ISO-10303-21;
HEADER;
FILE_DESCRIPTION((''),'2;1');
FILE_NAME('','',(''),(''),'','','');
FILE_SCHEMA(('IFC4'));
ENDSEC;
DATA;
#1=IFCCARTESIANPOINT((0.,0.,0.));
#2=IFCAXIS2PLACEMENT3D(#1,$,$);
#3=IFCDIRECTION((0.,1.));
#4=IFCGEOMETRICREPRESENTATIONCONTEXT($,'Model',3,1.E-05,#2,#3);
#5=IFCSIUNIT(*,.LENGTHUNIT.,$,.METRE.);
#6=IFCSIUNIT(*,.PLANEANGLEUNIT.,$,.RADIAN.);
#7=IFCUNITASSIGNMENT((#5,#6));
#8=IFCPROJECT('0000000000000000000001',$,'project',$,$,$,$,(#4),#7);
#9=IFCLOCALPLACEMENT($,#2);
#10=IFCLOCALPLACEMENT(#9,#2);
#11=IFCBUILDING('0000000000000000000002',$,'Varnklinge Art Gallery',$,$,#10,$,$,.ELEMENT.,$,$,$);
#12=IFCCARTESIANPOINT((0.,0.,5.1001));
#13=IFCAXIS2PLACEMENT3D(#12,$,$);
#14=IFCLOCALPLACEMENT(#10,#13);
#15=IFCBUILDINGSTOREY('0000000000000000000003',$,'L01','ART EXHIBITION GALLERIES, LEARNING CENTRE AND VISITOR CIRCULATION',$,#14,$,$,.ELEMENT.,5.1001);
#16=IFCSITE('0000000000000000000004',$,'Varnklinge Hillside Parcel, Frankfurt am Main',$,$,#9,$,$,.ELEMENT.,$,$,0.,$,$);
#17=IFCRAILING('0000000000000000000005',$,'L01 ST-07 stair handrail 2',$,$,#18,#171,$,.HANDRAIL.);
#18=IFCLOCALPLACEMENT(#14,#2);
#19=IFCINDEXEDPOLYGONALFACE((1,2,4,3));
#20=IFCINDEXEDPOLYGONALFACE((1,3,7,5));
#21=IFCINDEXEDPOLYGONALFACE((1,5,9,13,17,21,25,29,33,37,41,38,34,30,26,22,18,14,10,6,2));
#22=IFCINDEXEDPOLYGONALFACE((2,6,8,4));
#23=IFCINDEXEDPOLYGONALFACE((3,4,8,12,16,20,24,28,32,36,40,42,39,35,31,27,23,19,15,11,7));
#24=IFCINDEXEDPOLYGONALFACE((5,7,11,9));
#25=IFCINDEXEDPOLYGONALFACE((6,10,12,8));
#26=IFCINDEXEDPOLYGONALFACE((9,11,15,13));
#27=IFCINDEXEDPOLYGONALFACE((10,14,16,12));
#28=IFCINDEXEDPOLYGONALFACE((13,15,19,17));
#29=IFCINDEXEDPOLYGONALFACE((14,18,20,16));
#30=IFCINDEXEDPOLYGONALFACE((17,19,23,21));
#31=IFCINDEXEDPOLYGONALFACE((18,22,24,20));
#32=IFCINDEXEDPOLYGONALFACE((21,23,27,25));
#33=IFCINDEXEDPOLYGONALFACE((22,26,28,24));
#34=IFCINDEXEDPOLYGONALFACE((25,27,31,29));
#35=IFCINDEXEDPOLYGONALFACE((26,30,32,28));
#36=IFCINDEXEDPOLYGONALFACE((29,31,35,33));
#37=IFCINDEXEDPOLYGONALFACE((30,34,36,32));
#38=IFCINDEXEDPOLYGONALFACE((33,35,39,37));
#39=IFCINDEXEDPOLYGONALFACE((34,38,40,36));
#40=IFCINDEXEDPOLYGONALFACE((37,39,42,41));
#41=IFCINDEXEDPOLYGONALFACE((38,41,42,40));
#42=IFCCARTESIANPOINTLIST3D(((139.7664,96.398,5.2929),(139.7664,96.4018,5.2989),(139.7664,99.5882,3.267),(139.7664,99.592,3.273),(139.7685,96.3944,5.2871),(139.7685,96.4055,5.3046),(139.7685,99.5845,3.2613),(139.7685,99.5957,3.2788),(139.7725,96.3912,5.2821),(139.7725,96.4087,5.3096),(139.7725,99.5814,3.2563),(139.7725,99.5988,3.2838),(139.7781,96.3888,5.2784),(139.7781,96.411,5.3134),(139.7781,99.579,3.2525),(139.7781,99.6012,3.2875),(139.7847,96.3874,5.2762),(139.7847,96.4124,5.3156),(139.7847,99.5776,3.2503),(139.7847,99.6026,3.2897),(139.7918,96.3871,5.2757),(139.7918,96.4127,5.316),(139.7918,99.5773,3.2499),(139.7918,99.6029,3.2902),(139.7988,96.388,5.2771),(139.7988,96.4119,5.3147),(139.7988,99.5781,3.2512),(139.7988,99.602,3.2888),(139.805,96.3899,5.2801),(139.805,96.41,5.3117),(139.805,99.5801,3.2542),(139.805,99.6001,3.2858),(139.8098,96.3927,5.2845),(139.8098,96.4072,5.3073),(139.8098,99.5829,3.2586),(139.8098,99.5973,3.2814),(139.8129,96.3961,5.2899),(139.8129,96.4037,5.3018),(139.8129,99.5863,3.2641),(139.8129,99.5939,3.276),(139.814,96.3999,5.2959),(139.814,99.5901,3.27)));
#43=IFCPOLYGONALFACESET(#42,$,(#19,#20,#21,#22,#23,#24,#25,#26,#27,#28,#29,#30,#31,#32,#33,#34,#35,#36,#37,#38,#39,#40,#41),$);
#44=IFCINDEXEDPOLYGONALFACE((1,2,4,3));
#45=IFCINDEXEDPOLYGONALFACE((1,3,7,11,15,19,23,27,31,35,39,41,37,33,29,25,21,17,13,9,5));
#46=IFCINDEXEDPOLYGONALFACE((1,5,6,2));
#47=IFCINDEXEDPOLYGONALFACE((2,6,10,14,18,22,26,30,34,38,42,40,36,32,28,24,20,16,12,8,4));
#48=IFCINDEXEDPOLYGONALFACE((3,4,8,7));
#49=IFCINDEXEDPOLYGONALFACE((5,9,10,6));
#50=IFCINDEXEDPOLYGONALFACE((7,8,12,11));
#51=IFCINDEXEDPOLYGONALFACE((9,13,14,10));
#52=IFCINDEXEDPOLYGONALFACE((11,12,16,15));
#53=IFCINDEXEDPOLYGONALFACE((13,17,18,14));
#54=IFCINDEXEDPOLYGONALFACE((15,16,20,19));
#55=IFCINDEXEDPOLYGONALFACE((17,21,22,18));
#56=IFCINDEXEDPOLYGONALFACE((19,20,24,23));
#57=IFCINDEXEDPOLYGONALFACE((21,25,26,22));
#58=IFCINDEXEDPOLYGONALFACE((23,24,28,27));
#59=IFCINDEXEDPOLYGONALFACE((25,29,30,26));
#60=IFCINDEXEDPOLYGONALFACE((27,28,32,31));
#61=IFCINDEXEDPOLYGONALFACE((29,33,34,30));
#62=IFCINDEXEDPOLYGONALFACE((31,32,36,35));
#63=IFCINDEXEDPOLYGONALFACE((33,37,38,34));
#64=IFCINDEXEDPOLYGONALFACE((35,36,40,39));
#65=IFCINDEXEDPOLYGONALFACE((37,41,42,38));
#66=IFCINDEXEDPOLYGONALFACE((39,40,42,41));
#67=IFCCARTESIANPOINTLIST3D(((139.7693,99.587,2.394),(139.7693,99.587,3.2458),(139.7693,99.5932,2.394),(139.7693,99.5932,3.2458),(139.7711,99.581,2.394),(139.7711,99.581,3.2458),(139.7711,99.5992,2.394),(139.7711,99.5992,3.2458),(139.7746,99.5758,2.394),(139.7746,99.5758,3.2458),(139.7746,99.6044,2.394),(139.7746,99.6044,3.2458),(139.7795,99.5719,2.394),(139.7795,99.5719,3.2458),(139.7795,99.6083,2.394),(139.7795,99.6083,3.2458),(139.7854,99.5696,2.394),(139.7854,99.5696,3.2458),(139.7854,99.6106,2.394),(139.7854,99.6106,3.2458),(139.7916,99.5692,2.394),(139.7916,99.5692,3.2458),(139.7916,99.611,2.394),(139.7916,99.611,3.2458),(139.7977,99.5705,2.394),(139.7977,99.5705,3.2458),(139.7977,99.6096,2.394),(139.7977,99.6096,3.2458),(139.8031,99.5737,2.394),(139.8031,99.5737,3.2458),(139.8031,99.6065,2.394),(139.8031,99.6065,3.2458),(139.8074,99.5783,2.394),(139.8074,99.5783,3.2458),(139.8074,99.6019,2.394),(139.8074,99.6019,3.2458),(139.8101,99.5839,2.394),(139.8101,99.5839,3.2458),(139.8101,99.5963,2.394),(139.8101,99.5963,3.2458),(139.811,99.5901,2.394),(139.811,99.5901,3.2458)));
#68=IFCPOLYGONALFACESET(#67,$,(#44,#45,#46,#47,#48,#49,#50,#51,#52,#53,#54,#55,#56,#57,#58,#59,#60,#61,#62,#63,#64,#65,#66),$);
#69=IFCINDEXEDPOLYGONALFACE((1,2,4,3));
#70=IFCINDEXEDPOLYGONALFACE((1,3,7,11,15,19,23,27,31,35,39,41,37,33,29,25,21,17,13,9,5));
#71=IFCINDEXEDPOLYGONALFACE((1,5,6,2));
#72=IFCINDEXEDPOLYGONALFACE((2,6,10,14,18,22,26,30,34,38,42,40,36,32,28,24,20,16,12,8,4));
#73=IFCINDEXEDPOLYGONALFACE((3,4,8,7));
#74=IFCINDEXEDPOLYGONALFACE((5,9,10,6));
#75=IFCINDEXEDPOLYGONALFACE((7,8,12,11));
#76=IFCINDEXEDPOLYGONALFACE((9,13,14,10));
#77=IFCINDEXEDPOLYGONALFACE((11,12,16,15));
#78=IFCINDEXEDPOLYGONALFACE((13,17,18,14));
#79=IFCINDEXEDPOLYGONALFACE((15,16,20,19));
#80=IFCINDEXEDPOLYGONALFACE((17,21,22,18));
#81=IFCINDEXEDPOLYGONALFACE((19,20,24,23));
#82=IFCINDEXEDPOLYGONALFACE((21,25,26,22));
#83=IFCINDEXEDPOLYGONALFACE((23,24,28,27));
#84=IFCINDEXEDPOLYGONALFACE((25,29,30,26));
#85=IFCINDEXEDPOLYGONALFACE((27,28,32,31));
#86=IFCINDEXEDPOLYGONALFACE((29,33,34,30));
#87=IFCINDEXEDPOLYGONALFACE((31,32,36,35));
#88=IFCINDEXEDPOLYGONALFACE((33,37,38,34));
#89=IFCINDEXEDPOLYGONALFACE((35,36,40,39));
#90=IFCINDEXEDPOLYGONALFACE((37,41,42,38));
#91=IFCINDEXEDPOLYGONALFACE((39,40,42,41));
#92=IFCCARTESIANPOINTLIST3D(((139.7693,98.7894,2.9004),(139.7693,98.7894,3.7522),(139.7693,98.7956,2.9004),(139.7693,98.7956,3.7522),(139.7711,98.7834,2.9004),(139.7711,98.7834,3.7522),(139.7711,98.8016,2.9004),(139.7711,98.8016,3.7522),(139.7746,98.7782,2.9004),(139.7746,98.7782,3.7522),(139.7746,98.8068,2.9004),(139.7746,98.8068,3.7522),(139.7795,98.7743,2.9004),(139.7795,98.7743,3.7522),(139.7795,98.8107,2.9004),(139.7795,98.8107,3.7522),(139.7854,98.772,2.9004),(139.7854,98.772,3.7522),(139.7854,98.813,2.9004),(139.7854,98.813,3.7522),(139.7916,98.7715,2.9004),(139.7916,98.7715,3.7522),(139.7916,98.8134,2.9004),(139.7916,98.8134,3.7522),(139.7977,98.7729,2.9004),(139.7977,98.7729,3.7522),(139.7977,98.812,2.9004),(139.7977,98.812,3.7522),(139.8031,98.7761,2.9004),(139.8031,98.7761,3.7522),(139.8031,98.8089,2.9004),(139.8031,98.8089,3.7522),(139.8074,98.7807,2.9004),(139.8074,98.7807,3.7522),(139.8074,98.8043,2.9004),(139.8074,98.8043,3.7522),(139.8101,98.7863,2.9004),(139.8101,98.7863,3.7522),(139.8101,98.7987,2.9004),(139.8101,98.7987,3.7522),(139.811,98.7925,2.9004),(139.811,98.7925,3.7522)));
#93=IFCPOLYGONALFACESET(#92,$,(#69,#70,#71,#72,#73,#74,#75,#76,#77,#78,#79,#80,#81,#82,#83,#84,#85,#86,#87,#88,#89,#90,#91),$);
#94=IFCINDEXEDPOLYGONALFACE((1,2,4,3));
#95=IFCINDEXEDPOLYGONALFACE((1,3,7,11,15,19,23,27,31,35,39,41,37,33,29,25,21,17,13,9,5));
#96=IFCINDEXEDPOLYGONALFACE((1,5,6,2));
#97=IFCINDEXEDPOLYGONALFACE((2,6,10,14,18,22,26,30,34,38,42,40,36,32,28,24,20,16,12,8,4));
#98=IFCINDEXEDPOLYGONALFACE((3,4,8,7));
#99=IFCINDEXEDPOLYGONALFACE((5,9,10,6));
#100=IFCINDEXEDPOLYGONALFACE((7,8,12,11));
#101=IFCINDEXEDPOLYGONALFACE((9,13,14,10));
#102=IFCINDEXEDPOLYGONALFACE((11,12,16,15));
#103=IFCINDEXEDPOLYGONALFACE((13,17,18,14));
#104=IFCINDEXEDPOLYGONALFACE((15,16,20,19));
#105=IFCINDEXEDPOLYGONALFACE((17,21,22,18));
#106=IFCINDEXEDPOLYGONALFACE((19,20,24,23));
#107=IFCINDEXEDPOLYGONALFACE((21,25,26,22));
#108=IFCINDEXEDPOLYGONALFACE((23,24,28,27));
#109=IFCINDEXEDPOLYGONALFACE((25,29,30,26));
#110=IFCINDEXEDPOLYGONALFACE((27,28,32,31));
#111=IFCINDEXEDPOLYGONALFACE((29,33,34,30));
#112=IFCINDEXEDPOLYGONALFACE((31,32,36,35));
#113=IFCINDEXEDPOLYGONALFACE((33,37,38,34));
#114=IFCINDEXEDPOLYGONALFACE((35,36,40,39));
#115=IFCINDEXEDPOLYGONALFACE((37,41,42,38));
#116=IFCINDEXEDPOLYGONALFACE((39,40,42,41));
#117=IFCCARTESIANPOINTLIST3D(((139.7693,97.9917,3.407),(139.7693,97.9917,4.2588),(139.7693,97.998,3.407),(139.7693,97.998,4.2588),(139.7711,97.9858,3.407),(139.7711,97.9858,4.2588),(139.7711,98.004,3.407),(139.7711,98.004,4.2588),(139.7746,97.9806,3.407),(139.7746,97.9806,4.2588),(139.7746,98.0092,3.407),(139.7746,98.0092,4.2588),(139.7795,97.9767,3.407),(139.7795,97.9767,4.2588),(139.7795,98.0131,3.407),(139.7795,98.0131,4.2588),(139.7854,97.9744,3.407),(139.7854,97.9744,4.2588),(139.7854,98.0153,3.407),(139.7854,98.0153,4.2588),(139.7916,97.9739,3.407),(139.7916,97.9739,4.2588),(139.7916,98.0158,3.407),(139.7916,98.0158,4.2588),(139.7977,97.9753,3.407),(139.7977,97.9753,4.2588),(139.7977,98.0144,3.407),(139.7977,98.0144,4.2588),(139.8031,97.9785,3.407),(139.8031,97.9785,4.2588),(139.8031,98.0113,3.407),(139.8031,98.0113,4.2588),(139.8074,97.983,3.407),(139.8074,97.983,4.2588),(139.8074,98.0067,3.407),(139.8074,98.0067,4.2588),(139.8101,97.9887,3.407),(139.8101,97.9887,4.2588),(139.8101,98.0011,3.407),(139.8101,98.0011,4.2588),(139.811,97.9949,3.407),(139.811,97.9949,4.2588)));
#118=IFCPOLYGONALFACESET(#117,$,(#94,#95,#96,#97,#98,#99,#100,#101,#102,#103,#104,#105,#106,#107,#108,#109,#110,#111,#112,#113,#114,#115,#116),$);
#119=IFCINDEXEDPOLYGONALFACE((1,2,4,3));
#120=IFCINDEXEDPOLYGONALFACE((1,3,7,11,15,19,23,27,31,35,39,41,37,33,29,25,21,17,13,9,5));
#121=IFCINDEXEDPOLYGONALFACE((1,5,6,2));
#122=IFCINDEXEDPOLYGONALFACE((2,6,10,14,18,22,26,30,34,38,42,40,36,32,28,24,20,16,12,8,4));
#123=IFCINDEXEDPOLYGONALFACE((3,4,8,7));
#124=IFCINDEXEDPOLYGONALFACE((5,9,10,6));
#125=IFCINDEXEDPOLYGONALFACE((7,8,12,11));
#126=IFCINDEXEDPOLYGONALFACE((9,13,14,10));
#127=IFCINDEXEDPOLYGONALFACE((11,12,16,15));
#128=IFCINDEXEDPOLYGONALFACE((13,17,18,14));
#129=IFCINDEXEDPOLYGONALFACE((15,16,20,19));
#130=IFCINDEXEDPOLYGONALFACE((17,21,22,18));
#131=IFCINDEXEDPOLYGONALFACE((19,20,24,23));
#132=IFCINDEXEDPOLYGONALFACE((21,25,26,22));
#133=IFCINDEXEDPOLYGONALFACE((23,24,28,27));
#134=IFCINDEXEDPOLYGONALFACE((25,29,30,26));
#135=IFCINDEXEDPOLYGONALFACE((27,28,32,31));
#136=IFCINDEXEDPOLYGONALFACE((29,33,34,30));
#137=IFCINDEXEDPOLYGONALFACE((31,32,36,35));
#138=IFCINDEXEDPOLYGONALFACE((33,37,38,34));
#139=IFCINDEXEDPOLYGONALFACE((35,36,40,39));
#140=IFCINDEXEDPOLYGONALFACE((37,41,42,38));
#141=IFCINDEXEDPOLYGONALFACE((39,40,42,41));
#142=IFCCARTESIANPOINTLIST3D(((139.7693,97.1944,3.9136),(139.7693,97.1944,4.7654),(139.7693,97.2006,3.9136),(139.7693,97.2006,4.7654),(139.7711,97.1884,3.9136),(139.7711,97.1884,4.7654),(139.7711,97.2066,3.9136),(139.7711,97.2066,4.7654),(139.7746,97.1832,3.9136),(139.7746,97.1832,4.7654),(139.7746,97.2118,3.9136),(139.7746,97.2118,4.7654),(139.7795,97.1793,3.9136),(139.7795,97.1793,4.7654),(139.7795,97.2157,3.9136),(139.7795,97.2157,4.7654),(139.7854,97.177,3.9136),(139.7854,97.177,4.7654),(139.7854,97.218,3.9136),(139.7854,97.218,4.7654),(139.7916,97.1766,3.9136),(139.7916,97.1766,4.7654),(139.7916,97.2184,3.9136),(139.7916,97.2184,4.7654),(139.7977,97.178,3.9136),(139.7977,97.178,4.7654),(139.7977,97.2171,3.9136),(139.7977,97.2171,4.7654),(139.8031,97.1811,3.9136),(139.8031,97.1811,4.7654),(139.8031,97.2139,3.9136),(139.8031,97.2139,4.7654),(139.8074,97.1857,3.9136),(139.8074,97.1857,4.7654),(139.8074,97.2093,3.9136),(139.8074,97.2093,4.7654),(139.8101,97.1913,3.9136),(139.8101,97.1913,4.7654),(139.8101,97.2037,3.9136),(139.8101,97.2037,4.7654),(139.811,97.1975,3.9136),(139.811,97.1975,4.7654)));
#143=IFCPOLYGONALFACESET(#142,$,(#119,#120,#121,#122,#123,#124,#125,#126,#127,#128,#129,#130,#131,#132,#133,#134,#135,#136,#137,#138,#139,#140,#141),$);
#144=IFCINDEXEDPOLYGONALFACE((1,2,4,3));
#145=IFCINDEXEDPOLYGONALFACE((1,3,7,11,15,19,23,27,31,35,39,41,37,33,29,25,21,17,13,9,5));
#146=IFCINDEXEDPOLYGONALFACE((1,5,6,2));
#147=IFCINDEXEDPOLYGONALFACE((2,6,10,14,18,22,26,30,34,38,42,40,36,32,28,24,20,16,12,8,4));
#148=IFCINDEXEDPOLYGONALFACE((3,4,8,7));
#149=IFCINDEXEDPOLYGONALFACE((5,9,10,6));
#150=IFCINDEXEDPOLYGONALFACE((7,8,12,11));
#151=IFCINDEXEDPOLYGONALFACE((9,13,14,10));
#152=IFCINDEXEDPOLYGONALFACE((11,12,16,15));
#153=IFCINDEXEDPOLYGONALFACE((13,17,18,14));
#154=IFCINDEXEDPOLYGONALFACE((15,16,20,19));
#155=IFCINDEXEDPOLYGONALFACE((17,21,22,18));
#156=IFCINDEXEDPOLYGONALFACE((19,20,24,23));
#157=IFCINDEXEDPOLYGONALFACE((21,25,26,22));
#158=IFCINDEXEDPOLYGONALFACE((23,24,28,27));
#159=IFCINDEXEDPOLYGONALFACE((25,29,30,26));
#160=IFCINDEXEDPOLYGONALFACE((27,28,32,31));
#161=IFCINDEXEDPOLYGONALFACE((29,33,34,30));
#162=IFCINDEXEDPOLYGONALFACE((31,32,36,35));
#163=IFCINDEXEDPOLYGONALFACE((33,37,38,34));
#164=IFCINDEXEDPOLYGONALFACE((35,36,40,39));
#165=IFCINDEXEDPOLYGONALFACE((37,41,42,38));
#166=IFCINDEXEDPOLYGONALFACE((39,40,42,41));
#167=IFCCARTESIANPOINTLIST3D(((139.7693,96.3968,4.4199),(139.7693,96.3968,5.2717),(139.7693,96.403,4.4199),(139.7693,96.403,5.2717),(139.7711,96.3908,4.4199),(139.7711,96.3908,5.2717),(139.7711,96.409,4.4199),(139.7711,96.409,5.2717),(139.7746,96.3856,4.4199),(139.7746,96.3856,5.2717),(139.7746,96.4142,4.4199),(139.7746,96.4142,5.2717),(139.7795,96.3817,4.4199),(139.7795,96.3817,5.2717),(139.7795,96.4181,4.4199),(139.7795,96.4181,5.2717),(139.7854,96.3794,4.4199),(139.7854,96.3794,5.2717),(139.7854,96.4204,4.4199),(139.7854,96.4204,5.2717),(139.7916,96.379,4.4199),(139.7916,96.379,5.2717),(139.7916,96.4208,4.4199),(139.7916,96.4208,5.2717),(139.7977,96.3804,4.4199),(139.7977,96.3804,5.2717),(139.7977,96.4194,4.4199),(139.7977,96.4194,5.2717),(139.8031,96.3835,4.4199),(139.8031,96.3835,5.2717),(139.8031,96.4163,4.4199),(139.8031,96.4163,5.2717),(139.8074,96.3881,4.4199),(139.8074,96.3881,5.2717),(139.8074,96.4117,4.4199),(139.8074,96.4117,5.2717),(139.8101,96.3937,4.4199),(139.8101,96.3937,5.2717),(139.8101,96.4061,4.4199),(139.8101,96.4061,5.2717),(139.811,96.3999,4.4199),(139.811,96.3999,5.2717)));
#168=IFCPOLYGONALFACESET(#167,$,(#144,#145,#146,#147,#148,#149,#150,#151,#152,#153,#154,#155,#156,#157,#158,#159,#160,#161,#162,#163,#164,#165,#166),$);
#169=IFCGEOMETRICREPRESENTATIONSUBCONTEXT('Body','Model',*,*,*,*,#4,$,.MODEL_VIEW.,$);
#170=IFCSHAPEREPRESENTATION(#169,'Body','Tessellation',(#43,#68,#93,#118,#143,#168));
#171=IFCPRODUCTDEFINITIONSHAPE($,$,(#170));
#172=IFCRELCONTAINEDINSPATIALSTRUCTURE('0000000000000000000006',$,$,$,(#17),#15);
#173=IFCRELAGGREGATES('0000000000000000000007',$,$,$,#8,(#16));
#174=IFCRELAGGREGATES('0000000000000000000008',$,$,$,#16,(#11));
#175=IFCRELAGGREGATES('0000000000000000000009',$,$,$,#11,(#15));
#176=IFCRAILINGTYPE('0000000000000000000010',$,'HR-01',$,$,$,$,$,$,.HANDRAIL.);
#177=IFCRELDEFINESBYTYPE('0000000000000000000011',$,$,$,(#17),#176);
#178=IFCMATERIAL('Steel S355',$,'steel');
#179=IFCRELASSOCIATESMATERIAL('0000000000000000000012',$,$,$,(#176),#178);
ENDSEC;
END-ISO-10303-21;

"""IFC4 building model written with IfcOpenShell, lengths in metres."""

from ifc_helpers import new_model, si_unit, direction, frame, origin, origin_2d, place, context, subcontext, project, spatial, circle, extrude, material, type_object, element, save


model = new_model("IFC4")

# Units and contexts
model_context = context("Model", 3, precision=1e-05, world=origin(), true_north=direction((0.0, 1.0)))
body_context = subcontext(model_context, "Body", "Model", "MODEL_VIEW")
ifc_project = project(units=[si_unit("LENGTHUNIT", "METRE"), si_unit("PLANEANGLEUNIT", "RADIAN")], contexts=[model_context])

# Site, building, storey
site_placement = place(None, origin())
site = spatial("IfcSite", under=ifc_project, at=site_placement, Name="Varnklinge Hillside Parcel, Frankfurt am Main", CompositionType="ELEMENT", RefElevation=0.0)
building_placement = place(site_placement, origin())
building = spatial("IfcBuilding", under=site, at=building_placement, Name="Varnklinge Art Gallery", CompositionType="ELEMENT")
storey_placement = place(building_placement, frame((0.0, 0.0, 5.1001)))
storey = spatial("IfcBuildingStorey", under=building, at=storey_placement, Name="L01", Description="ART EXHIBITION GALLERIES, LEARNING CENTRE AND VISITOR CIRCULATION", CompositionType="ELEMENT", Elevation=5.1001)

# Railing
ifc_material_1 = material(Name="Steel S355", Category="steel")
railing_type_1 = type_object("IfcRailingType", Name="HR-01", PredefinedType="HANDRAIL", material=ifc_material_1)
railing_1_placement = place(storey_placement, frame((139.79, 99.5901, 2.394)))
element("IfcRailing", 1, at=railing_1_placement, inside=storey, type_object=railing_type_1, Name="L01 ST-07 stair handrail 2", PredefinedType="HANDRAIL", context=body_context, shape_type="SweptSolid", body=[
    extrude(circle(Radius=0.0239, at=origin_2d()), frame((0.0, 0.0, 0.876), z_axis=(0.0, -0.844169, 0.536077), x_axis=(1.0, 0.0, 0.0)), (0.0, 0.0, 1.0), 3.7791),
    extrude(circle(Radius=0.021, at=origin_2d()), origin(), (0.0, 0.0, 1.0), 0.8518),
    extrude(circle(Radius=0.021, at=origin_2d()), frame((0.0, -0.7976, 0.5063)), (0.0, 0.0, 1.0), 0.8518),
    extrude(circle(Radius=0.021, at=origin_2d()), frame((0.0, -1.5952, 1.0129)), (0.0, 0.0, 1.0), 0.8518),
    extrude(circle(Radius=0.021, at=origin_2d()), frame((0.0, -2.3926, 1.5195)), (0.0, 0.0, 1.0), 0.8518),
    extrude(circle(Radius=0.021, at=origin_2d()), frame((0.0, -3.1902, 2.0259)), (0.0, 0.0, 1.0), 0.8518),
])

save(model, "model.ifc")
